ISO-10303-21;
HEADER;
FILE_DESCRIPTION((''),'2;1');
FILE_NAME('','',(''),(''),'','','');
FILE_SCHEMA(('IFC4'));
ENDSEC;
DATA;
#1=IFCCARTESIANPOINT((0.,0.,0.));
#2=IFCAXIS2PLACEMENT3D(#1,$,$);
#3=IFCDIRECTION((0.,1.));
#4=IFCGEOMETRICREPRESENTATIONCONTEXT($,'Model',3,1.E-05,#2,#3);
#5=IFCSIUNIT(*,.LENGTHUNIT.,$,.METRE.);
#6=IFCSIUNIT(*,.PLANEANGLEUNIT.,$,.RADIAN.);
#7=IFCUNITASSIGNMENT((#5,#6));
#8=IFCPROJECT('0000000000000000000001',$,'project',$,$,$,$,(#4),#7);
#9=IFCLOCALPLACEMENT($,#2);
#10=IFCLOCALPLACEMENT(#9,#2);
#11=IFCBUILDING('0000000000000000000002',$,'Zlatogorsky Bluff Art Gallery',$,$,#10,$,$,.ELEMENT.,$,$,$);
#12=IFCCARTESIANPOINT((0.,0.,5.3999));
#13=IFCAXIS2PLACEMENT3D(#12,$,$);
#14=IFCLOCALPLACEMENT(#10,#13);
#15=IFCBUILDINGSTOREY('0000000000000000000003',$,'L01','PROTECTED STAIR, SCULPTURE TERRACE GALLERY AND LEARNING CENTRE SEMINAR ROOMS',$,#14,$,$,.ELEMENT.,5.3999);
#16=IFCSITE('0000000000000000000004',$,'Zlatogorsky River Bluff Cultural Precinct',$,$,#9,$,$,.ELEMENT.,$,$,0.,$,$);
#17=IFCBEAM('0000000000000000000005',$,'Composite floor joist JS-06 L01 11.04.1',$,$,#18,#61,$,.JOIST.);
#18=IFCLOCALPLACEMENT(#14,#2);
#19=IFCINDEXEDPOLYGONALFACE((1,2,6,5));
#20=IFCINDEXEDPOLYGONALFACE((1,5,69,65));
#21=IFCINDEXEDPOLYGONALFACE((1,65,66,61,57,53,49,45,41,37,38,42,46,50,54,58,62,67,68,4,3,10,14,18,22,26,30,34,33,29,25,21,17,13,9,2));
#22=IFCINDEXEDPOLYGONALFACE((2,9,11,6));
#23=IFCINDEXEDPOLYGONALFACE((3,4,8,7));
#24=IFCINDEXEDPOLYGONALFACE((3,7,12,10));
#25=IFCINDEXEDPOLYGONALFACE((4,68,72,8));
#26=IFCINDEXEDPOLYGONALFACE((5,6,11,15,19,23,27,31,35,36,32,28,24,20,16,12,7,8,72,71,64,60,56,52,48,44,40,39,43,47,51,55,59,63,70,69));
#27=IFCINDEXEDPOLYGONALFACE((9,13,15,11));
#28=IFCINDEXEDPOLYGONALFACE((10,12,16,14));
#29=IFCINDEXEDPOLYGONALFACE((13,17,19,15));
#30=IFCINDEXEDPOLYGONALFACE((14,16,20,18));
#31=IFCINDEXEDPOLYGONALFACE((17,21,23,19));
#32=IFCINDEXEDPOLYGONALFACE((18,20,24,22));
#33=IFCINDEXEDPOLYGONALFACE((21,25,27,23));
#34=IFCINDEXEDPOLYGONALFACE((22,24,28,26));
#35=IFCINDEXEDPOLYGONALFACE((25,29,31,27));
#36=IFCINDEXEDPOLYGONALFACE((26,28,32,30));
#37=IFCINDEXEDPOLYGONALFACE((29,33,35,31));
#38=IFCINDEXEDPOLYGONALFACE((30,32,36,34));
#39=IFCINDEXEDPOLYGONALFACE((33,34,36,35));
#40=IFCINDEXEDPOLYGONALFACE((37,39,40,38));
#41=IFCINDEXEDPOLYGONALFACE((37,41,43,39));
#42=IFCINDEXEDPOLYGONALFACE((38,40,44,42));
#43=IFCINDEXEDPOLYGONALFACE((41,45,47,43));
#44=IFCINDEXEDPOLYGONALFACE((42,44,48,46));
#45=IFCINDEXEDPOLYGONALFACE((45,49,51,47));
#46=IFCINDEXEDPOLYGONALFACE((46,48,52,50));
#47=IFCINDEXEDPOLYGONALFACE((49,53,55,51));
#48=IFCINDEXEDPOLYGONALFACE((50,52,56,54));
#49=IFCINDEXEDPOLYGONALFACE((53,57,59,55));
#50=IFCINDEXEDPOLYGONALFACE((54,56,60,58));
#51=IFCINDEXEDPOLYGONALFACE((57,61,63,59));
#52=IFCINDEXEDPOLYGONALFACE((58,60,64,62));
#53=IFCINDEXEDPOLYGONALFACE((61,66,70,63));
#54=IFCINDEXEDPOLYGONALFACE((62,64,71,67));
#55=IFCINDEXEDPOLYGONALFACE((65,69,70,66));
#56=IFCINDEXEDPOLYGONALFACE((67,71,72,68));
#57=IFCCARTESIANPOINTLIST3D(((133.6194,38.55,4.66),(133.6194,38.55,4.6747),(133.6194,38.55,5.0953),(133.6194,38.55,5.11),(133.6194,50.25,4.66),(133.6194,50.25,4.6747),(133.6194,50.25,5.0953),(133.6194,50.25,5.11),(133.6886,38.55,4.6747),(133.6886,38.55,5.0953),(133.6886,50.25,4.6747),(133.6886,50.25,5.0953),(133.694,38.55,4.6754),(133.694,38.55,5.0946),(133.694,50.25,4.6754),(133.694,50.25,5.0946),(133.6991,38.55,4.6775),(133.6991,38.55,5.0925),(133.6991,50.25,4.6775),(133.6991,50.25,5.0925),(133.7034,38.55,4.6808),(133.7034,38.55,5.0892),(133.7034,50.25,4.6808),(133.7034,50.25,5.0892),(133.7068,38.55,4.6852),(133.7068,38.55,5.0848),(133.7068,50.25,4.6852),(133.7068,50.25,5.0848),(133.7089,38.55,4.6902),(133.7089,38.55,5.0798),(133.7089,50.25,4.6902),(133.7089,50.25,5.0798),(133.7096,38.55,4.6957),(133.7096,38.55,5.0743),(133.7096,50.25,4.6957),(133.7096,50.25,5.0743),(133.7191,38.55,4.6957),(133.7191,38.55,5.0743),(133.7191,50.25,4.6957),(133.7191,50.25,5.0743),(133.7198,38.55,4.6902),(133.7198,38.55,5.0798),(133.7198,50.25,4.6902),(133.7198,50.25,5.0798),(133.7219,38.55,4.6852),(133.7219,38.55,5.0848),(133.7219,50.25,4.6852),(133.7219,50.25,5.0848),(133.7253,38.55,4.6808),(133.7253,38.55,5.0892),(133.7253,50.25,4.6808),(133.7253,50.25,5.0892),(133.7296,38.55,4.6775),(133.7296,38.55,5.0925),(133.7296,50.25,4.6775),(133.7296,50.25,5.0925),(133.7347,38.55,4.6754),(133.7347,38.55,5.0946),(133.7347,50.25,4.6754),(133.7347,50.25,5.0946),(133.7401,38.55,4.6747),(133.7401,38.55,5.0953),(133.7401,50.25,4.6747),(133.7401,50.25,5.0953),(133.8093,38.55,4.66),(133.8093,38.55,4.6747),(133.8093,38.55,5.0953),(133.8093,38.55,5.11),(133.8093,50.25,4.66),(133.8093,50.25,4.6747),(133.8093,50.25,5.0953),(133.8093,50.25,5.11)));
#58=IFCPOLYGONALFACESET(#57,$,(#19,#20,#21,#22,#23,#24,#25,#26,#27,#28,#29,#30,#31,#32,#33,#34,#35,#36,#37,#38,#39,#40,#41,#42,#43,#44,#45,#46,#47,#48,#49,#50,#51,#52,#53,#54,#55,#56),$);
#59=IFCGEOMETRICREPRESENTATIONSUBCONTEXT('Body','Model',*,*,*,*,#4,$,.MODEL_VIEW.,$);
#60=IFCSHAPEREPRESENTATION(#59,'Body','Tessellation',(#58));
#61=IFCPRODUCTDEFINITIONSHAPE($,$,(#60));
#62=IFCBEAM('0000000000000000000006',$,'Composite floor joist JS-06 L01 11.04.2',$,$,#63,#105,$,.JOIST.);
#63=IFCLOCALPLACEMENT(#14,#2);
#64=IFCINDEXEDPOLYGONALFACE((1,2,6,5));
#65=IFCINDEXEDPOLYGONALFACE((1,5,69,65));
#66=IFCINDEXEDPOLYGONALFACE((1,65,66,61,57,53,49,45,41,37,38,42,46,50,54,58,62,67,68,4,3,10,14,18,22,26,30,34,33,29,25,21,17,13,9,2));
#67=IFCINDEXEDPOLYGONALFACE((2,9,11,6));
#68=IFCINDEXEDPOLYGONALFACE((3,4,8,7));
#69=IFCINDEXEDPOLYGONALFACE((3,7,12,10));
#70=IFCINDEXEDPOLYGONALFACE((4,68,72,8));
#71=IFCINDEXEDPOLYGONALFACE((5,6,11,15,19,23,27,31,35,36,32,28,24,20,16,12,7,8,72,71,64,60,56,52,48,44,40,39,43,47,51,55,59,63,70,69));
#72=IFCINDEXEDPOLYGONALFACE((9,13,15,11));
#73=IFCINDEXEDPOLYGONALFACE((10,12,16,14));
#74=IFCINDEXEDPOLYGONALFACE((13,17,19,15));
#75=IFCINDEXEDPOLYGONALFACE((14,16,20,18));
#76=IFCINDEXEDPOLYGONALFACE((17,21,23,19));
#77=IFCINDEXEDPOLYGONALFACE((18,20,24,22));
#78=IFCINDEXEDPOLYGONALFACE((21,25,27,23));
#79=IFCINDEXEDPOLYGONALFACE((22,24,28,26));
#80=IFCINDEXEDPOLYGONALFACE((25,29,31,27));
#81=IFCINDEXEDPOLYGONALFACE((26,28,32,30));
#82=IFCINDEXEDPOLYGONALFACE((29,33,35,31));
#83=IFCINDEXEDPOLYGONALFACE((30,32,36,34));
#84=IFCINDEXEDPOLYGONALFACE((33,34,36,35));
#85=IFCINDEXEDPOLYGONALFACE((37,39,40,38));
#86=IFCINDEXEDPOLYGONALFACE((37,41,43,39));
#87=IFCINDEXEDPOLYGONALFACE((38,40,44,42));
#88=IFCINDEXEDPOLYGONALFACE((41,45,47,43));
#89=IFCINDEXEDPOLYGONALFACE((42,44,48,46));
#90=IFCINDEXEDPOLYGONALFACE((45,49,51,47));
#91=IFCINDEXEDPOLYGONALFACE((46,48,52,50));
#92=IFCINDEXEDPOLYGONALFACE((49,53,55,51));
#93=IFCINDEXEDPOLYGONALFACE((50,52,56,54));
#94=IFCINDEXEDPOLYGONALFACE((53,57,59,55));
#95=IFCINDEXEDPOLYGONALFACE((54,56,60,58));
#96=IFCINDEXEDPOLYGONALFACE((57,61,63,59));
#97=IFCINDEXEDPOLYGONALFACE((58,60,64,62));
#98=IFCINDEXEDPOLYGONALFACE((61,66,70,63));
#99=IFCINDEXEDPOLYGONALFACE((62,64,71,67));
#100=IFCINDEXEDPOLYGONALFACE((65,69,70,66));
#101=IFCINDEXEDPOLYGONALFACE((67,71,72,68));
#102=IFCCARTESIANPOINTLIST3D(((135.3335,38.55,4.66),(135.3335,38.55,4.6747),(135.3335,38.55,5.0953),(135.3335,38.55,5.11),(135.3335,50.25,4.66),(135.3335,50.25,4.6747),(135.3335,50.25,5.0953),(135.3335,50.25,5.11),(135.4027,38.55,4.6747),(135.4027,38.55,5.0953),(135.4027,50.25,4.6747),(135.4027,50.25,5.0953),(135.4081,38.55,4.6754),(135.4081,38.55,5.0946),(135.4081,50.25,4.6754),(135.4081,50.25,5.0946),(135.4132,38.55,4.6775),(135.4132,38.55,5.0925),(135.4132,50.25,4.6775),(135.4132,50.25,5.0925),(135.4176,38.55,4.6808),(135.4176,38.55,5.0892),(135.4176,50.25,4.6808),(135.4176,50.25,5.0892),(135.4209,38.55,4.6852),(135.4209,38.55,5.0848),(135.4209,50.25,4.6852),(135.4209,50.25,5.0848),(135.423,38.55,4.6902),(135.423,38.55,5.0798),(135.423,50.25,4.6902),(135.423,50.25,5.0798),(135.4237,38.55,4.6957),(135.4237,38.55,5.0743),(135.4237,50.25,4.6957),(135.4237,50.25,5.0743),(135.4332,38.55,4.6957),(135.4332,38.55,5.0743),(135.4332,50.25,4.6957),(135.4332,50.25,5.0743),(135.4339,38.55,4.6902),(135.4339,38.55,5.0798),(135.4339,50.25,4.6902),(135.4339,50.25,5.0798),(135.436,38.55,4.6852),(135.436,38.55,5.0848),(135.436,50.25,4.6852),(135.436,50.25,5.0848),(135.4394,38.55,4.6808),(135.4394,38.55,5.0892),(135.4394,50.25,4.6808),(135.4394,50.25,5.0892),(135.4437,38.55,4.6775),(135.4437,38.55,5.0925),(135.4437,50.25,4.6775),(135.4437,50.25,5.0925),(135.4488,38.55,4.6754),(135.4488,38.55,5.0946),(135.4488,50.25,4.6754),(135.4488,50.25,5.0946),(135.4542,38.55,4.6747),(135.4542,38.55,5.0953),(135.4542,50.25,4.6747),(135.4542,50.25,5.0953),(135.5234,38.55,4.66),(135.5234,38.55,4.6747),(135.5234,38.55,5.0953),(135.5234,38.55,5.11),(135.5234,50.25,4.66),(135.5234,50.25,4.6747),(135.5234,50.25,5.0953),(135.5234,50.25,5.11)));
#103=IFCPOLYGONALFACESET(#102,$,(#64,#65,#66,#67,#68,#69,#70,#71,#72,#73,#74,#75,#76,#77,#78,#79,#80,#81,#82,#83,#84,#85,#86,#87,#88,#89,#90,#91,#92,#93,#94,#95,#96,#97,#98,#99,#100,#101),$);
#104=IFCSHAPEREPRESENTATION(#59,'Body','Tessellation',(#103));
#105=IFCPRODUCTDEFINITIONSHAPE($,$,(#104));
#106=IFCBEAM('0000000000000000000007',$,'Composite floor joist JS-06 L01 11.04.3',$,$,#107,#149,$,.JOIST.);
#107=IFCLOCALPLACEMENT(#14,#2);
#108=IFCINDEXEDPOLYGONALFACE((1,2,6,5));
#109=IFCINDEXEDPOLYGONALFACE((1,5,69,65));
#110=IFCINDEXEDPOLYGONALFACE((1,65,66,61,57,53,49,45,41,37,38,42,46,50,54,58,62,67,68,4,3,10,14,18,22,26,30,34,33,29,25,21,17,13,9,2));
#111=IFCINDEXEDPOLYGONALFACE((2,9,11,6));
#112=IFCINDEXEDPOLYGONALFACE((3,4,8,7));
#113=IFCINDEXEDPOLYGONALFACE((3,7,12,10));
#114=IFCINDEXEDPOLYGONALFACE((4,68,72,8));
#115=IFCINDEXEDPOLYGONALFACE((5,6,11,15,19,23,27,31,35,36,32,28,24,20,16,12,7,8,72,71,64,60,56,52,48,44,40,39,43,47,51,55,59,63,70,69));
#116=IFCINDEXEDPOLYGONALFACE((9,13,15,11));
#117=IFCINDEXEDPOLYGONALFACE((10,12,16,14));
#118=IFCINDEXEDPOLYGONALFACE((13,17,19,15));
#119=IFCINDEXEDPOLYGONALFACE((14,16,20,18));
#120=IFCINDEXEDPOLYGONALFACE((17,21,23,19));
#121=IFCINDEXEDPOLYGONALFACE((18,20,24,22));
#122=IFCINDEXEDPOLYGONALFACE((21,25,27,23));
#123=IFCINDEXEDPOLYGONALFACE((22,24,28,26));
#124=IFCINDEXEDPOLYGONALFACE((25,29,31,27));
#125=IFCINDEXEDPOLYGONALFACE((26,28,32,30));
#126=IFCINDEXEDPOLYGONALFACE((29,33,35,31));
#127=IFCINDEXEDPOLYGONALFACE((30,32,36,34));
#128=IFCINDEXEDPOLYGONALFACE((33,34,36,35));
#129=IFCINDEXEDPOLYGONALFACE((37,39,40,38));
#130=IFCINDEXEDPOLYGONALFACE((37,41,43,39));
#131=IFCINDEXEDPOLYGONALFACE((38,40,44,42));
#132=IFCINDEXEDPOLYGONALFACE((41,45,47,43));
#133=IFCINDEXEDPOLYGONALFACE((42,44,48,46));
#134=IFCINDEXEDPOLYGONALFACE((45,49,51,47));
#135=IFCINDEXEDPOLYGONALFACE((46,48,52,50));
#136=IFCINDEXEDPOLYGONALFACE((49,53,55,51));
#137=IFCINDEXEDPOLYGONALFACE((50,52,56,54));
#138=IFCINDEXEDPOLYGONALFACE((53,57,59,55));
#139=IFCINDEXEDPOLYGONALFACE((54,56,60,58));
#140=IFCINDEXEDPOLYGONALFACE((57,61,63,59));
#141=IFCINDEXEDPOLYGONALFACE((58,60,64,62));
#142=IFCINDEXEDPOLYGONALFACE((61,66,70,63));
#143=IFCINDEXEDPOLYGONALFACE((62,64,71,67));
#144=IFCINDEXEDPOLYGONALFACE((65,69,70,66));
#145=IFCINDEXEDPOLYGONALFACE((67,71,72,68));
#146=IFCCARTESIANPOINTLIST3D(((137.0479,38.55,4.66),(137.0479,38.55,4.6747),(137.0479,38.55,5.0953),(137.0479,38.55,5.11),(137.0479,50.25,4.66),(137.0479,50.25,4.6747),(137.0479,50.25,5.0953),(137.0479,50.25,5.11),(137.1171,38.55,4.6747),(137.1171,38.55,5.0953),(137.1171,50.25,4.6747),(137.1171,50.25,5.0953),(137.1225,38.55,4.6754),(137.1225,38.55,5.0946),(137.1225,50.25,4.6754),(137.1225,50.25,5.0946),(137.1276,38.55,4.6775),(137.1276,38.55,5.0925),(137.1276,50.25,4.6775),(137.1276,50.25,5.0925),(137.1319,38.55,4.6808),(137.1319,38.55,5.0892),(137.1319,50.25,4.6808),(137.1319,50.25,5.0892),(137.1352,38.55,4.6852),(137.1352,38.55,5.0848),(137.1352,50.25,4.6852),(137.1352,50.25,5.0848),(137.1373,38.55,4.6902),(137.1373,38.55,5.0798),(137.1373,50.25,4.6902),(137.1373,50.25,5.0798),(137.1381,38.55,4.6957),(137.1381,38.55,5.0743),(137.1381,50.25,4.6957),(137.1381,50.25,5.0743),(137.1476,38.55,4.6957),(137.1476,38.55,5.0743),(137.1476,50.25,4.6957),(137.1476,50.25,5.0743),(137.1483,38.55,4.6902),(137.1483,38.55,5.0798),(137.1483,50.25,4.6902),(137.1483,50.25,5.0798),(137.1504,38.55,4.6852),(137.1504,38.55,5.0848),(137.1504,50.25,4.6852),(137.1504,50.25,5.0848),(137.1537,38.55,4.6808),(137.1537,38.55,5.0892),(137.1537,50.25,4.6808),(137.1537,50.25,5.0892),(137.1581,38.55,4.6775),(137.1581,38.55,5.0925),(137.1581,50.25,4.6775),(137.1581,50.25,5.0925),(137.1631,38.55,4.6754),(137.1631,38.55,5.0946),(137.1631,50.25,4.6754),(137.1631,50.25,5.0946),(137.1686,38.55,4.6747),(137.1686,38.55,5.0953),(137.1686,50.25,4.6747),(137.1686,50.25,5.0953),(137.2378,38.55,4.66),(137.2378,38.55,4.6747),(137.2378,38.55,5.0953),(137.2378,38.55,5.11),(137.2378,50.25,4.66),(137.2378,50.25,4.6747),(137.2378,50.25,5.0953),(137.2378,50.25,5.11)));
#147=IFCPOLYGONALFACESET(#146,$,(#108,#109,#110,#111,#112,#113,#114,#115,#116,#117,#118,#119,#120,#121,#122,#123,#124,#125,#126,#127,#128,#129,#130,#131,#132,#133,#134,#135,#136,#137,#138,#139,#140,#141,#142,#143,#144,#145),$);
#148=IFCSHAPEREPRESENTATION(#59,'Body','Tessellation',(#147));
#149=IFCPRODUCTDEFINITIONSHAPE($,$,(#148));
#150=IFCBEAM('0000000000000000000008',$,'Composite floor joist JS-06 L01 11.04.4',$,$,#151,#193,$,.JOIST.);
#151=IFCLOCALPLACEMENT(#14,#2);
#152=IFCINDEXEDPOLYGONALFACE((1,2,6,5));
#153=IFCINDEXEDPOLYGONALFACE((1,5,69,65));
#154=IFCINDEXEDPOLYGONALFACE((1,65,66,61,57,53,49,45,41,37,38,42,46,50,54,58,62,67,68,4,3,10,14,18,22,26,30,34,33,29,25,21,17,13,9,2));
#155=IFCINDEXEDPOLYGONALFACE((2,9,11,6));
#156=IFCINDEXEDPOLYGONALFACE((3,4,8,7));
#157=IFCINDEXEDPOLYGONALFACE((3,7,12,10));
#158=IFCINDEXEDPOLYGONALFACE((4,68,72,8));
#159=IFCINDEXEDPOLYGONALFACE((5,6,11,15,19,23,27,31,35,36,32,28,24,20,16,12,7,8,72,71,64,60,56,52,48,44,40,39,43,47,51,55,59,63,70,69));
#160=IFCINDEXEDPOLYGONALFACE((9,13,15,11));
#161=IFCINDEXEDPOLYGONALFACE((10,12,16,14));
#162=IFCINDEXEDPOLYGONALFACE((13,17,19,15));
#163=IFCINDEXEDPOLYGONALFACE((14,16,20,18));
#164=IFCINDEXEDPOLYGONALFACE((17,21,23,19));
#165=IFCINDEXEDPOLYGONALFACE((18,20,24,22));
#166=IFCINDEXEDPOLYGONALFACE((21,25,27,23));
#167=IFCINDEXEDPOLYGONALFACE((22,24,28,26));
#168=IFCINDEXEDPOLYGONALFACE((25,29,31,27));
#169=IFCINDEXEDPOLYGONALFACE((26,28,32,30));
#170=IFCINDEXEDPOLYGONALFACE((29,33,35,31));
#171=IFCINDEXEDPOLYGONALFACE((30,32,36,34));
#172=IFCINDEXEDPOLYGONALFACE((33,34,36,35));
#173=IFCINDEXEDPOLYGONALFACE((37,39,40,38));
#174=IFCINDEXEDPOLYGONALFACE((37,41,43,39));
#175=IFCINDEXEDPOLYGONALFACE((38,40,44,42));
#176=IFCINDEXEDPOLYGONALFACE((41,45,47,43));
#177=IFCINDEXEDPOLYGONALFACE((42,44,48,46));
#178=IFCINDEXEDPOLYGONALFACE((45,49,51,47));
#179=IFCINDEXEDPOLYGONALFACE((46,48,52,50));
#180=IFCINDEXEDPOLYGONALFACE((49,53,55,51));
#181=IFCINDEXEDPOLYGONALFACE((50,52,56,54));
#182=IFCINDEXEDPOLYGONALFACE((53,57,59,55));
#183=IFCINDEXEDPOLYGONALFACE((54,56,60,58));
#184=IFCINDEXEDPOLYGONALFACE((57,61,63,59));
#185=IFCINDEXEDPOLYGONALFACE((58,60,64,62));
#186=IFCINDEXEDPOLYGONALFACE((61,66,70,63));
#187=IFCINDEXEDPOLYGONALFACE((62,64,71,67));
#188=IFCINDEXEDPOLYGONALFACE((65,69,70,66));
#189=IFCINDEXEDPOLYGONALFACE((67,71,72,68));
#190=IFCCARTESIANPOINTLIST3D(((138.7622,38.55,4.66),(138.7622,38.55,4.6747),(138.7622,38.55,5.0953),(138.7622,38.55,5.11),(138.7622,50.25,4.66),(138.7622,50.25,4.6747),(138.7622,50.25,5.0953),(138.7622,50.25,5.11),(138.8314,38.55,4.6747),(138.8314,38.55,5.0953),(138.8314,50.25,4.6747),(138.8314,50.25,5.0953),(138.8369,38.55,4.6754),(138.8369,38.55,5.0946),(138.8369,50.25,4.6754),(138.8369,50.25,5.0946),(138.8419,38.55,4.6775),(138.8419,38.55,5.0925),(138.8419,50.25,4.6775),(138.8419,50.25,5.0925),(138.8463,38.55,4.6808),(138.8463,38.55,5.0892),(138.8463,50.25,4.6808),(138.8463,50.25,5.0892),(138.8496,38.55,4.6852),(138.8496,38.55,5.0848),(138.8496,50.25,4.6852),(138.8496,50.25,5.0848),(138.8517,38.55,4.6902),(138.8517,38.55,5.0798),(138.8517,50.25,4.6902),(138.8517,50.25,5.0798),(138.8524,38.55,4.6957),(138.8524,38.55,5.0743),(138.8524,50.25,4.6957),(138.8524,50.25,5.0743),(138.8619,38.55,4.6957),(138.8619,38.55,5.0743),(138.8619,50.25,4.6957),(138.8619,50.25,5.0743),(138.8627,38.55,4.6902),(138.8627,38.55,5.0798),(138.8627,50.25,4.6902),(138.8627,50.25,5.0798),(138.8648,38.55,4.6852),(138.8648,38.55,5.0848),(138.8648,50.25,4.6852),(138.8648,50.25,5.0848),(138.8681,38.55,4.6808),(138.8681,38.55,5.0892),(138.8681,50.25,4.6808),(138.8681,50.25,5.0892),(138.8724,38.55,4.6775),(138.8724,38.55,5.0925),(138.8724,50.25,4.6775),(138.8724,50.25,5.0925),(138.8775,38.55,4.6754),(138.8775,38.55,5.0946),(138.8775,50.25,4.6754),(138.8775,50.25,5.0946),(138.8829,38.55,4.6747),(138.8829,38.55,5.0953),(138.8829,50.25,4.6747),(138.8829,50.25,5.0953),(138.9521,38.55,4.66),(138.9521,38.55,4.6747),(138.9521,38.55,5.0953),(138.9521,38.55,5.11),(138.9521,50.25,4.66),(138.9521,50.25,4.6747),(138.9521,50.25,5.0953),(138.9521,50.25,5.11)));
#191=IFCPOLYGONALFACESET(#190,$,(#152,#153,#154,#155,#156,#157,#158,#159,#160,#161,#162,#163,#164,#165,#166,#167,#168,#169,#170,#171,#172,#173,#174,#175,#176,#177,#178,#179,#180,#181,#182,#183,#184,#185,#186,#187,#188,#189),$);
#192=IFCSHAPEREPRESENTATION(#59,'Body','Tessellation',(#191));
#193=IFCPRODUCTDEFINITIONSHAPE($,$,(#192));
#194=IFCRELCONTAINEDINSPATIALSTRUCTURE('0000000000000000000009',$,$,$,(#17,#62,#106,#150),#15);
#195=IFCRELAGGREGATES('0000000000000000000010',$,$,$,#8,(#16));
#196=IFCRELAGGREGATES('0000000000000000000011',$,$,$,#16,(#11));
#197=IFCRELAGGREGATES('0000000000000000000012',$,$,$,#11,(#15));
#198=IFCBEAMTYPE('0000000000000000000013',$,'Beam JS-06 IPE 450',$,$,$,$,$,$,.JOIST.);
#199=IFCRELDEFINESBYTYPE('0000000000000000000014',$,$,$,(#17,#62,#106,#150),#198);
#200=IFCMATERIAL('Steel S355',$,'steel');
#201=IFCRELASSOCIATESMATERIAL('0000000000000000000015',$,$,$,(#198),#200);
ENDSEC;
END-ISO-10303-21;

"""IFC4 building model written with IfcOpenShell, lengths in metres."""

from ifc_helpers import new_model, si_unit, direction, frame, origin, origin_2d, place, context, subcontext, project, spatial, i_section, extrude, material, material_profile, profile_set, type_object, element, save


model = new_model("IFC4")

# Units and contexts
model_context = context("Model", 3, precision=1e-05, world=origin(), true_north=direction((0.0, 1.0)))
body_context = subcontext(model_context, "Body", "Model", "MODEL_VIEW")
ifc_project = project(units=[si_unit("LENGTHUNIT", "METRE"), si_unit("PLANEANGLEUNIT", "RADIAN")], contexts=[model_context])

# Site, building, storey
site_placement = place(None, origin())
site = spatial("IfcSite", under=ifc_project, at=site_placement, Name="Zlatogorsky River Bluff Cultural Precinct", CompositionType="ELEMENT", RefElevation=0.0)
building_placement = place(site_placement, origin())
building = spatial("IfcBuilding", under=site, at=building_placement, Name="Zlatogorsky Bluff Art Gallery", CompositionType="ELEMENT")
storey_placement = place(building_placement, frame((0.0, 0.0, 5.3999)))
storey = spatial("IfcBuildingStorey", under=building, at=storey_placement, Name="L01", Description="PROTECTED STAIR, SCULPTURE TERRACE GALLERY AND LEARNING CENTRE SEMINAR ROOMS", CompositionType="ELEMENT", Elevation=5.3999)

# Beams
ifc_material_1 = material(Name="Steel S355", Category="steel")
ifc_material_profile_1 = material_profile(ifc_material_1, i_section(OverallWidth=0.1899, OverallDepth=0.45, WebThickness=0.0095, FlangeThickness=0.0146, FilletRadius=0.021, at=origin_2d()), Name="IPE 450")
ifc_profile_set_1 = profile_set([ifc_material_profile_1], Name="Steel S355")
beam_type_1 = type_object("IfcBeamType", Name="Beam JS-06 IPE 450", PredefinedType="JOIST", material=ifc_profile_set_1)
for number, where, z_axis, x_axis, name in (
    (1, (133.7144, 38.55, 4.885), (0.0, 1.0, 0.0), (-1.0, 0.0, 0.0), "Composite floor joist JS-06 L01 11.04.1"),
    (2, (135.4285, 38.55, 4.885), (0.0, 1.0, 0.0), (-1.0, 0.0, 0.0), "Composite floor joist JS-06 L01 11.04.2"),
    (3, (137.1428, 38.55, 4.885), (0.0, 1.0, 0.0), (-1.0, 0.0, 0.0), "Composite floor joist JS-06 L01 11.04.3"),
    (4, (138.8572, 38.55, 4.885), (0.0, 1.0, 0.0), (-1.0, 0.0, 0.0), "Composite floor joist JS-06 L01 11.04.4"),
):
    element("IfcBeam", number, at=place(storey_placement, frame(where, z_axis=z_axis, x_axis=x_axis)), inside=storey, type_object=beam_type_1, Name=name, PredefinedType="JOIST", context=body_context, shape_type="SweptSolid", body=[
        extrude(i_section(OverallWidth=0.1899, OverallDepth=0.45, WebThickness=0.0095, FlangeThickness=0.0146, FilletRadius=0.021, at=origin_2d()), origin(), (0.0, 0.0, 1.0), 11.7),
    ])

save(model, "model.ifc")
